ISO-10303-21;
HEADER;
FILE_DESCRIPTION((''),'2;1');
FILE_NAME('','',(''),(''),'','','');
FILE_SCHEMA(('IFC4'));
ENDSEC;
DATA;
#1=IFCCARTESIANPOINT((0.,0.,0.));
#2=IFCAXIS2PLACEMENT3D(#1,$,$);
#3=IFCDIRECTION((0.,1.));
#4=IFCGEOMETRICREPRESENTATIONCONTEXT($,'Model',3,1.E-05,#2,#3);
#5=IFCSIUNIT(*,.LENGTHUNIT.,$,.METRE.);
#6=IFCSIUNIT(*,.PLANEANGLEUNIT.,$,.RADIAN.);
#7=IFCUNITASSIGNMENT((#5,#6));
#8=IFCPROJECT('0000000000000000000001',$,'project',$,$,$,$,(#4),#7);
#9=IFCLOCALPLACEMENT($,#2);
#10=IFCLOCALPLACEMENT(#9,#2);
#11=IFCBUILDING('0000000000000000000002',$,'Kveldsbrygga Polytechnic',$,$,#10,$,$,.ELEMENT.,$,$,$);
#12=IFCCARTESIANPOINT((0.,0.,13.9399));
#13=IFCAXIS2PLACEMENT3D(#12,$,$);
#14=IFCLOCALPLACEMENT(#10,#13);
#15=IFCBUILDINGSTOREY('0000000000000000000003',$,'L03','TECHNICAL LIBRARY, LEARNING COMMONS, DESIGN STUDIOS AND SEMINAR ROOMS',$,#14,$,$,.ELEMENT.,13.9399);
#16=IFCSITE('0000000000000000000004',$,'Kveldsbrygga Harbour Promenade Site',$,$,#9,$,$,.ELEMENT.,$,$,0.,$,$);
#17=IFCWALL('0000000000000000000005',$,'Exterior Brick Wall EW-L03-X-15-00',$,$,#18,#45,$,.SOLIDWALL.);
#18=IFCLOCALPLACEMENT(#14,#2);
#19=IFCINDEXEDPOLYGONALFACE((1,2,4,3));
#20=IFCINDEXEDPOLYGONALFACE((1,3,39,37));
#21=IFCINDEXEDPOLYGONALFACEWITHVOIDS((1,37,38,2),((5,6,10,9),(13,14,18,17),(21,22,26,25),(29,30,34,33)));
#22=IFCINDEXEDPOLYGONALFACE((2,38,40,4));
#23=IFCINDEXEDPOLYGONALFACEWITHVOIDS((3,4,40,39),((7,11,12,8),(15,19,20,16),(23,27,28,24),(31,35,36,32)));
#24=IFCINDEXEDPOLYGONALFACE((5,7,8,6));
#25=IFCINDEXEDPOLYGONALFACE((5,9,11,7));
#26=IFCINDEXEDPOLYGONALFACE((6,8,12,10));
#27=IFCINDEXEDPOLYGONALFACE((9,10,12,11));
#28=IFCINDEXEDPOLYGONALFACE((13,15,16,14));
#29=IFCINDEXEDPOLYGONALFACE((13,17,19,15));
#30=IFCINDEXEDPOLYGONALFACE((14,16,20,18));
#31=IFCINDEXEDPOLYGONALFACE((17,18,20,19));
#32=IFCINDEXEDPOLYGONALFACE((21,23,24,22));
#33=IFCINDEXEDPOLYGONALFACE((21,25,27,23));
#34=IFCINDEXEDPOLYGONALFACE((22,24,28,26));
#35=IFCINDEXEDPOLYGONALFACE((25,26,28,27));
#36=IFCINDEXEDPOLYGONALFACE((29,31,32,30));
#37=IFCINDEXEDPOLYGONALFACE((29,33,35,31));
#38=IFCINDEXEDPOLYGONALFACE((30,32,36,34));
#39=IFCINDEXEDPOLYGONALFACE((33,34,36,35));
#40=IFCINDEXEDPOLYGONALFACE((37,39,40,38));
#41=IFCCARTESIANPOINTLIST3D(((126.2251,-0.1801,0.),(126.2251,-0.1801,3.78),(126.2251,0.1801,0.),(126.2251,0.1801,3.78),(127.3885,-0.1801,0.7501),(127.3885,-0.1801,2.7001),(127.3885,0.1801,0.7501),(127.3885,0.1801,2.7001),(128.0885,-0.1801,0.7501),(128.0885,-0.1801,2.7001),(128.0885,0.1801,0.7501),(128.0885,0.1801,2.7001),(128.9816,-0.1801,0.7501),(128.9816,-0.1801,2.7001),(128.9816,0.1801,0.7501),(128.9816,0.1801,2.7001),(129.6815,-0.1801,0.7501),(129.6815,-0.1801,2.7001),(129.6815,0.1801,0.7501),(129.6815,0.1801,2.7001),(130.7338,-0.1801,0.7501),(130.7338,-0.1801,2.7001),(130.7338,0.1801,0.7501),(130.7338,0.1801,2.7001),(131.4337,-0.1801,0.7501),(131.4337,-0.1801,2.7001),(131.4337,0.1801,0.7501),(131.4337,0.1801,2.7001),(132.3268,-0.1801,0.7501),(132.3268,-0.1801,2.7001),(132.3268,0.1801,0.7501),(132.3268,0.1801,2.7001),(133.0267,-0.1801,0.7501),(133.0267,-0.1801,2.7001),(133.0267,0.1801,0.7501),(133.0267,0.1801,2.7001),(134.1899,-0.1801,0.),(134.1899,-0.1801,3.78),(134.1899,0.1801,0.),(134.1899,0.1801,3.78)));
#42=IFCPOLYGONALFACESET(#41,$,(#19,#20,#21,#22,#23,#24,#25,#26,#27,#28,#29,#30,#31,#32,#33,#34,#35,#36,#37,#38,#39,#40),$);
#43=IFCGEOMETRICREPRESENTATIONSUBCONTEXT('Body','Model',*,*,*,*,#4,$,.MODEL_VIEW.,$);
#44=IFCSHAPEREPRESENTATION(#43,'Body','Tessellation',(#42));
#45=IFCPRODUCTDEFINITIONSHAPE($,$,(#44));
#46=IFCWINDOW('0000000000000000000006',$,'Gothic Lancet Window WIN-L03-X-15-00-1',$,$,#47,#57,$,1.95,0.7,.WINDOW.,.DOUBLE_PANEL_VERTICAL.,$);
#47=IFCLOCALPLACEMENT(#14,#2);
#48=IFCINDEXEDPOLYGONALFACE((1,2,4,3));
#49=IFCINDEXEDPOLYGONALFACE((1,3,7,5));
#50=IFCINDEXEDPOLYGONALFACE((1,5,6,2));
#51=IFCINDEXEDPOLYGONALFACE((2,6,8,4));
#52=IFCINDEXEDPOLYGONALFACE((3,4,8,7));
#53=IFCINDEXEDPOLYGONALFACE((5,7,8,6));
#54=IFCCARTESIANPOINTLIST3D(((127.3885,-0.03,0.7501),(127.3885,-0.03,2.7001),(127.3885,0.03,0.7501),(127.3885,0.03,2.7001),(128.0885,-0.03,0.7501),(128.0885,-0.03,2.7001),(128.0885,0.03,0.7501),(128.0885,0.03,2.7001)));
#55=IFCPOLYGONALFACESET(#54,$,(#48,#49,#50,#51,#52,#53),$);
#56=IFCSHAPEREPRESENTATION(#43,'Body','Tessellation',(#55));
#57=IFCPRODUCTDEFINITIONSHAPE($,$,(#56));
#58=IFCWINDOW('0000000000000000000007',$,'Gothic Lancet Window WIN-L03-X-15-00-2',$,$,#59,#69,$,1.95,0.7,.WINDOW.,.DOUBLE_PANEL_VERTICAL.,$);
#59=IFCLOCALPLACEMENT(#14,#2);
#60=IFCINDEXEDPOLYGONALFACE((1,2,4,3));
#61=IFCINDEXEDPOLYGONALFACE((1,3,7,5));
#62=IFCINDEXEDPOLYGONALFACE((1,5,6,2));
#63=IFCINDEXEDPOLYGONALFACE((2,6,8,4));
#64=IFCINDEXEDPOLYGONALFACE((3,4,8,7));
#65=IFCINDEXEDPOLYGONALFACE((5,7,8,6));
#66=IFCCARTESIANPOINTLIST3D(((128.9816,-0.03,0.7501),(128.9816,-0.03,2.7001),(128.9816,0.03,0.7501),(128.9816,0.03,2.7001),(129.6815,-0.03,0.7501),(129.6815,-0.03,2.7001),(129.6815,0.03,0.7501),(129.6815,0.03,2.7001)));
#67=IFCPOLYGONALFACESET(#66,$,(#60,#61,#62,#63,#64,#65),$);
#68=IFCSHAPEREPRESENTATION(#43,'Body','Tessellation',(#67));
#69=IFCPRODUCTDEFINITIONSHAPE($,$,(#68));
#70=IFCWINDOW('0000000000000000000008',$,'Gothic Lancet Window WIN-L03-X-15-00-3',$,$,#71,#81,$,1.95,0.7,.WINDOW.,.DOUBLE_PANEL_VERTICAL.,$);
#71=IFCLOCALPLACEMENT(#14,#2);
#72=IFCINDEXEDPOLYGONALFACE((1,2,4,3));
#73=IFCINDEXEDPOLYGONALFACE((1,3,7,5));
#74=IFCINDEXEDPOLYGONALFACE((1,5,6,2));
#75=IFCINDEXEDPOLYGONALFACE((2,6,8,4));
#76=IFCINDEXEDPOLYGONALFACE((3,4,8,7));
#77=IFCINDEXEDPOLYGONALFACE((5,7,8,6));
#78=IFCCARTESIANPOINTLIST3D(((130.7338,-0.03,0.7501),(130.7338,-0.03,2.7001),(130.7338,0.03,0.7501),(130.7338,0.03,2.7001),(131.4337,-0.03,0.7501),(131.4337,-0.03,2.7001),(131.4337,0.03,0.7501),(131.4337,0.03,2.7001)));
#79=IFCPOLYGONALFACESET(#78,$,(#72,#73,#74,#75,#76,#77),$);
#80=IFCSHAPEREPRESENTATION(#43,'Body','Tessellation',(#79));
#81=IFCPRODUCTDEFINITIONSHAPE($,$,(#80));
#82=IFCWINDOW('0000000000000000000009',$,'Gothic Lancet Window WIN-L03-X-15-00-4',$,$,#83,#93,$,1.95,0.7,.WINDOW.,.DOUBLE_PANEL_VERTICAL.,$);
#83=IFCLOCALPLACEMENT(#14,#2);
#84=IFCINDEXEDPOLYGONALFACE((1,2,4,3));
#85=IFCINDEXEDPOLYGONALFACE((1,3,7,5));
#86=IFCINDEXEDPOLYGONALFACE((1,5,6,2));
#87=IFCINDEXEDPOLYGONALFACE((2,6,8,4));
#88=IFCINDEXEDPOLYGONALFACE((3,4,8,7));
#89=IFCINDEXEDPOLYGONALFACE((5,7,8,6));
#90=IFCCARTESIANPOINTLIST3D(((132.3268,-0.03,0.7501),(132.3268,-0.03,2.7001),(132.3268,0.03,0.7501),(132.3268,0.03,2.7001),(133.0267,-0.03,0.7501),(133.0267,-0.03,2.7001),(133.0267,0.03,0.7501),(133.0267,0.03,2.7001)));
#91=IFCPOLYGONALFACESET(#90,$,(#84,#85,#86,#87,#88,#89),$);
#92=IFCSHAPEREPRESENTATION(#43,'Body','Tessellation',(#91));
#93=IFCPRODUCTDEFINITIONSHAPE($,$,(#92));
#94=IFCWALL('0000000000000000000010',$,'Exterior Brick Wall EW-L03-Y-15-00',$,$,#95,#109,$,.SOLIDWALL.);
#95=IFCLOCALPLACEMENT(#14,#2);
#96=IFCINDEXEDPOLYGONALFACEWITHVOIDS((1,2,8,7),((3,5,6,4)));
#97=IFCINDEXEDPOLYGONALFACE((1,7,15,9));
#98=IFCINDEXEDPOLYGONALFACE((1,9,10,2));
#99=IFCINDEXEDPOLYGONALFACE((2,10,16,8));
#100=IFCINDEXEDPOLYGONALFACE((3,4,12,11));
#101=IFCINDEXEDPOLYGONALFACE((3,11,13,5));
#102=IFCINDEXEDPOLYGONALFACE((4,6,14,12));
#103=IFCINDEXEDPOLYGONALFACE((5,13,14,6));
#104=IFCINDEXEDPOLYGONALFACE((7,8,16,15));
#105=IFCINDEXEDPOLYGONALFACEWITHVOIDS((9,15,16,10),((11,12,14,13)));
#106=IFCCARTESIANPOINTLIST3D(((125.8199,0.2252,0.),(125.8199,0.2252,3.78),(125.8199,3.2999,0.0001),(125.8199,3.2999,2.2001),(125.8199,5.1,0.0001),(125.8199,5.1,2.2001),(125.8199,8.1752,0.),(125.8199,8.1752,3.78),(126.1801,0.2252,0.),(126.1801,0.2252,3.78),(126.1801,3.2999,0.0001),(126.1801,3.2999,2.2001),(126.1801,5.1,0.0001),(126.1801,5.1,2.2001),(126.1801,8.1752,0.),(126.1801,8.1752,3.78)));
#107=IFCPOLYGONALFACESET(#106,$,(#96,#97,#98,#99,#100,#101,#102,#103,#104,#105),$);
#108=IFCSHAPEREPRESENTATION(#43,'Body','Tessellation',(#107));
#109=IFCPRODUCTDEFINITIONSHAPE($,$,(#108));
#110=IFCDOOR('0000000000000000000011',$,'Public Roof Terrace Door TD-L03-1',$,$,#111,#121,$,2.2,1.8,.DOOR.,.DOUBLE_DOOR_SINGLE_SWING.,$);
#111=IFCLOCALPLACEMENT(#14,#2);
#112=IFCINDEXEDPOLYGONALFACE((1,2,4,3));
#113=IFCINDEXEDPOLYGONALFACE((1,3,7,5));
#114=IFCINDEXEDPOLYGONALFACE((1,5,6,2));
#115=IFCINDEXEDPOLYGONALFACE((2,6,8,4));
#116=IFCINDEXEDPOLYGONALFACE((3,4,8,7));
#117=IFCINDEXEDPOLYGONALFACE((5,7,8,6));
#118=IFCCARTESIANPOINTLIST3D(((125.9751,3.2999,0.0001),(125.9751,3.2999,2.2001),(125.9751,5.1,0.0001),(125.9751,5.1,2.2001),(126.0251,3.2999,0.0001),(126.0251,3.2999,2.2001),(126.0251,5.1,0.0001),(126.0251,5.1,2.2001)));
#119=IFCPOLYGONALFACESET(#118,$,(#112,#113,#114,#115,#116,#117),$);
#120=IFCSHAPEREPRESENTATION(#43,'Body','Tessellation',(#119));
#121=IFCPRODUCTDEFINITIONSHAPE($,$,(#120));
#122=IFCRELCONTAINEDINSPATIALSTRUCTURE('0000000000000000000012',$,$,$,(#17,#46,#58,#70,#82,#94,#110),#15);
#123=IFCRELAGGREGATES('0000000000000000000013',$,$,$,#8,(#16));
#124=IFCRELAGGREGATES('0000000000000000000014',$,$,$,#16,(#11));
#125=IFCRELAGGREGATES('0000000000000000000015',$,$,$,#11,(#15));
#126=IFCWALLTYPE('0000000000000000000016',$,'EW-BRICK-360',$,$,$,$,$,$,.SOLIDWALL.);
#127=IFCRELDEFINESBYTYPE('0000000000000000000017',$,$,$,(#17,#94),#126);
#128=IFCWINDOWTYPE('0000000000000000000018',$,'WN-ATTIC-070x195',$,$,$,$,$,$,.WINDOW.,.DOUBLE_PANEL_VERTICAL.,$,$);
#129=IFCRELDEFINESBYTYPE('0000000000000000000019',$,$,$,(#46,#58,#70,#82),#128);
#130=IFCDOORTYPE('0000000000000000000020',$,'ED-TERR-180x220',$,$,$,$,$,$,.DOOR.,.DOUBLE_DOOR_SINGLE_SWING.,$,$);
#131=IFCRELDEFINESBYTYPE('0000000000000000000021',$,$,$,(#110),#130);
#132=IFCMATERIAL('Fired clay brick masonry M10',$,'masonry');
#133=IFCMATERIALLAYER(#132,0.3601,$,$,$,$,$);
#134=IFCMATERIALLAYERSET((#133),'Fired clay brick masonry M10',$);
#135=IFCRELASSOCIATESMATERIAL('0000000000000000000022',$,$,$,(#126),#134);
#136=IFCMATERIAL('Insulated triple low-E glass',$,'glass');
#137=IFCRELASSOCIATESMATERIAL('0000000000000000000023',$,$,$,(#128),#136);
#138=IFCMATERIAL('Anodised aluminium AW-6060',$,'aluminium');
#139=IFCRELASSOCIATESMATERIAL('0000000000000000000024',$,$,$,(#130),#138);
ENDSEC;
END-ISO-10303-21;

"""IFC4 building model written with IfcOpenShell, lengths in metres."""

from ifc_helpers import new_model, si_unit, direction, frame, frame_2d, origin, place, context, subcontext, project, spatial, rectangle, extrude, material, layer, layer_set, type_object, element, fill, save


model = new_model("IFC4")

# Units and contexts
model_context = context("Model", 3, precision=1e-05, world=origin(), true_north=direction((0.0, 1.0)))
body_context = subcontext(model_context, "Body", "Model", "MODEL_VIEW")
ifc_project = project(units=[si_unit("LENGTHUNIT", "METRE"), si_unit("PLANEANGLEUNIT", "RADIAN")], contexts=[model_context])

# Site, building, storey
site_placement = place(None, origin())
site = spatial("IfcSite", under=ifc_project, at=site_placement, Name="Kveldsbrygga Harbour Promenade Site", CompositionType="ELEMENT", RefElevation=0.0)
building_placement = place(site_placement, origin())
building = spatial("IfcBuilding", under=site, at=building_placement, Name="Kveldsbrygga Polytechnic", CompositionType="ELEMENT")
storey_placement = place(building_placement, frame((0.0, 0.0, 13.9399)))
storey = spatial("IfcBuildingStorey", under=building, at=storey_placement, Name="L03", Description="TECHNICAL LIBRARY, LEARNING COMMONS, DESIGN STUDIOS AND SEMINAR ROOMS", CompositionType="ELEMENT", Elevation=13.9399)

# Wall, openings, windows
ifc_material_1 = material(Name="Fired clay brick masonry M10", Category="masonry")
ifc_layer_1 = layer(ifc_material_1, 0.3601)
ifc_layer_set_1 = layer_set([ifc_layer_1], Name="Fired clay brick masonry M10")
wall_type = type_object("IfcWallType", Name="EW-BRICK-360", PredefinedType="SOLIDWALL", material=ifc_layer_set_1)
wall_1_placement = place(storey_placement, frame((126.2251, 0.0, 0.0), z_axis=(0.0, 0.0, 1.0), x_axis=(1.0, 0.0, 0.0)))
wall_1 = element("IfcWall", 1, at=wall_1_placement, inside=storey, type_object=wall_type, Name="Exterior Brick Wall EW-L03-X-15-00", PredefinedType="SOLIDWALL", context=body_context, shape_type="SweptSolid", body=[
    extrude(rectangle(XDim=7.9648, YDim=0.3601, at=frame_2d((3.9824, 0.0))), origin(), (0.0, 0.0, 1.0), 3.78),
])
opening_1_placement = place(wall_1_placement, frame((1.1633, 0.0, 0.75)))
opening_1 = element("IfcOpeningElement", 2, at=opening_1_placement, cuts=wall_1, PredefinedType="OPENING", context=body_context, shape_type="SweptSolid", body=[
    extrude(rectangle(XDim=0.7, YDim=1.95, at=frame_2d((0.3501, 0.9751))), frame((0.0, 0.1899, 0.0), z_axis=(0.0, -1.0, 0.0), x_axis=(1.0, 0.0, 0.0)), (0.0, 0.0, 1.0), 0.3801),
])
opening_2_placement = place(wall_1_placement, frame((2.7563, 0.0, 0.75)))
opening_2 = element("IfcOpeningElement", 3, at=opening_2_placement, cuts=wall_1, PredefinedType="OPENING", context=body_context, shape_type="SweptSolid", body=[
    extrude(rectangle(XDim=0.7, YDim=1.95, at=frame_2d((0.3501, 0.9751))), frame((0.0, 0.1899, 0.0), z_axis=(0.0, -1.0, 0.0), x_axis=(1.0, 0.0, 0.0)), (0.0, 0.0, 1.0), 0.3801),
])
opening_3_placement = place(wall_1_placement, frame((4.5085, 0.0, 0.75)))
opening_3 = element("IfcOpeningElement", 4, at=opening_3_placement, cuts=wall_1, PredefinedType="OPENING", context=body_context, shape_type="SweptSolid", body=[
    extrude(rectangle(XDim=0.7, YDim=1.95, at=frame_2d((0.3501, 0.9751))), frame((0.0, 0.1899, 0.0), z_axis=(0.0, -1.0, 0.0), x_axis=(1.0, 0.0, 0.0)), (0.0, 0.0, 1.0), 0.3801),
])
opening_4_placement = place(wall_1_placement, frame((6.1016, 0.0, 0.75)))
opening_4 = element("IfcOpeningElement", 5, at=opening_4_placement, cuts=wall_1, PredefinedType="OPENING", context=body_context, shape_type="SweptSolid", body=[
    extrude(rectangle(XDim=0.7, YDim=1.95, at=frame_2d((0.3501, 0.9751))), frame((0.0, 0.1899, 0.0), z_axis=(0.0, -1.0, 0.0), x_axis=(1.0, 0.0, 0.0)), (0.0, 0.0, 1.0), 0.3801),
])
ifc_material_2 = material(Name="Insulated triple low-E glass", Category="glass")
window_type = type_object("IfcWindowType", Name="WN-ATTIC-070x195", PartitioningType="DOUBLE_PANEL_VERTICAL", PredefinedType="WINDOW", material=ifc_material_2)
window_1_placement = place(opening_1_placement, origin())
window_1 = element("IfcWindow", 6, at=window_1_placement, inside=storey, type_object=window_type, Name="Gothic Lancet Window WIN-L03-X-15-00-1", OverallHeight=1.95, OverallWidth=0.7, PartitioningType="DOUBLE_PANEL_VERTICAL", PredefinedType="WINDOW", context=body_context, shape_type="SweptSolid", body=[
    extrude(rectangle(XDim=0.7, YDim=1.95, at=frame_2d((0.3501, 0.9751))), frame((0.0, 0.03, 0.0), z_axis=(0.0, -1.0, 0.0), x_axis=(1.0, 0.0, 0.0)), (0.0, 0.0, 1.0), 0.0601),
])
fill(opening_1, window_1)
window_2_placement = place(opening_2_placement, origin())
window_2 = element("IfcWindow", 7, at=window_2_placement, inside=storey, type_object=window_type, Name="Gothic Lancet Window WIN-L03-X-15-00-2", OverallHeight=1.95, OverallWidth=0.7, PartitioningType="DOUBLE_PANEL_VERTICAL", PredefinedType="WINDOW", context=body_context, shape_type="SweptSolid", body=[
    extrude(rectangle(XDim=0.7, YDim=1.95, at=frame_2d((0.3501, 0.9751))), frame((0.0, 0.03, 0.0), z_axis=(0.0, -1.0, 0.0), x_axis=(1.0, 0.0, 0.0)), (0.0, 0.0, 1.0), 0.0601),
])
fill(opening_2, window_2)
window_3_placement = place(opening_3_placement, origin())
window_3 = element("IfcWindow", 8, at=window_3_placement, inside=storey, type_object=window_type, Name="Gothic Lancet Window WIN-L03-X-15-00-3", OverallHeight=1.95, OverallWidth=0.7, PartitioningType="DOUBLE_PANEL_VERTICAL", PredefinedType="WINDOW", context=body_context, shape_type="SweptSolid", body=[
    extrude(rectangle(XDim=0.7, YDim=1.95, at=frame_2d((0.3501, 0.9751))), frame((0.0, 0.03, 0.0), z_axis=(0.0, -1.0, 0.0), x_axis=(1.0, 0.0, 0.0)), (0.0, 0.0, 1.0), 0.0601),
])
fill(opening_3, window_3)
window_4_placement = place(opening_4_placement, origin())
window_4 = element("IfcWindow", 9, at=window_4_placement, inside=storey, type_object=window_type, Name="Gothic Lancet Window WIN-L03-X-15-00-4", OverallHeight=1.95, OverallWidth=0.7, PartitioningType="DOUBLE_PANEL_VERTICAL", PredefinedType="WINDOW", context=body_context, shape_type="SweptSolid", body=[
    extrude(rectangle(XDim=0.7, YDim=1.95, at=frame_2d((0.3501, 0.9751))), frame((0.0, 0.03, 0.0), z_axis=(0.0, -1.0, 0.0), x_axis=(1.0, 0.0, 0.0)), (0.0, 0.0, 1.0), 0.0601),
])
fill(opening_4, window_4)

# Wall, opening, door
wall_2_placement = place(storey_placement, frame((126.0, 0.2251, 0.0), z_axis=(0.0, 0.0, 1.0), x_axis=(0.0, 1.0, 0.0)))
wall_2 = element("IfcWall", 10, at=wall_2_placement, inside=storey, type_object=wall_type, Name="Exterior Brick Wall EW-L03-Y-15-00", PredefinedType="SOLIDWALL", context=body_context, shape_type="SweptSolid", body=[
    extrude(rectangle(XDim=7.95, YDim=0.3601, at=frame_2d((3.9751, 0.0))), origin(), (0.0, 0.0, 1.0), 3.78),
])
opening_5_placement = place(wall_2_placement, frame((3.075, 0.0, 0.0)))
opening_5 = element("IfcOpeningElement", 11, at=opening_5_placement, cuts=wall_2, PredefinedType="OPENING", context=body_context, shape_type="SweptSolid", body=[
    extrude(rectangle(XDim=1.8, YDim=2.2, at=frame_2d((0.8999, 1.1001))), frame((0.0, 0.1899, 0.0), z_axis=(0.0, -1.0, 0.0), x_axis=(1.0, 0.0, 0.0)), (0.0, 0.0, 1.0), 0.3801),
])
ifc_material_3 = material(Name="Anodised aluminium AW-6060", Category="aluminium")
door_type = type_object("IfcDoorType", Name="ED-TERR-180x220", OperationType="DOUBLE_DOOR_SINGLE_SWING", PredefinedType="DOOR", material=ifc_material_3)
door_placement = place(opening_5_placement, origin())
door = element("IfcDoor", 12, at=door_placement, inside=storey, type_object=door_type, Name="Public Roof Terrace Door TD-L03-1", OperationType="DOUBLE_DOOR_SINGLE_SWING", OverallHeight=2.2, OverallWidth=1.8, PredefinedType="DOOR", context=body_context, shape_type="SweptSolid", body=[
    extrude(rectangle(XDim=1.8, YDim=2.2, at=frame_2d((0.8999, 1.1001))), frame((0.0, 0.0249, 0.0), z_axis=(0.0, -1.0, 0.0), x_axis=(1.0, 0.0, 0.0)), (0.0, 0.0, 1.0), 0.05),
])
fill(opening_5, door)

save(model, "model.ifc")
